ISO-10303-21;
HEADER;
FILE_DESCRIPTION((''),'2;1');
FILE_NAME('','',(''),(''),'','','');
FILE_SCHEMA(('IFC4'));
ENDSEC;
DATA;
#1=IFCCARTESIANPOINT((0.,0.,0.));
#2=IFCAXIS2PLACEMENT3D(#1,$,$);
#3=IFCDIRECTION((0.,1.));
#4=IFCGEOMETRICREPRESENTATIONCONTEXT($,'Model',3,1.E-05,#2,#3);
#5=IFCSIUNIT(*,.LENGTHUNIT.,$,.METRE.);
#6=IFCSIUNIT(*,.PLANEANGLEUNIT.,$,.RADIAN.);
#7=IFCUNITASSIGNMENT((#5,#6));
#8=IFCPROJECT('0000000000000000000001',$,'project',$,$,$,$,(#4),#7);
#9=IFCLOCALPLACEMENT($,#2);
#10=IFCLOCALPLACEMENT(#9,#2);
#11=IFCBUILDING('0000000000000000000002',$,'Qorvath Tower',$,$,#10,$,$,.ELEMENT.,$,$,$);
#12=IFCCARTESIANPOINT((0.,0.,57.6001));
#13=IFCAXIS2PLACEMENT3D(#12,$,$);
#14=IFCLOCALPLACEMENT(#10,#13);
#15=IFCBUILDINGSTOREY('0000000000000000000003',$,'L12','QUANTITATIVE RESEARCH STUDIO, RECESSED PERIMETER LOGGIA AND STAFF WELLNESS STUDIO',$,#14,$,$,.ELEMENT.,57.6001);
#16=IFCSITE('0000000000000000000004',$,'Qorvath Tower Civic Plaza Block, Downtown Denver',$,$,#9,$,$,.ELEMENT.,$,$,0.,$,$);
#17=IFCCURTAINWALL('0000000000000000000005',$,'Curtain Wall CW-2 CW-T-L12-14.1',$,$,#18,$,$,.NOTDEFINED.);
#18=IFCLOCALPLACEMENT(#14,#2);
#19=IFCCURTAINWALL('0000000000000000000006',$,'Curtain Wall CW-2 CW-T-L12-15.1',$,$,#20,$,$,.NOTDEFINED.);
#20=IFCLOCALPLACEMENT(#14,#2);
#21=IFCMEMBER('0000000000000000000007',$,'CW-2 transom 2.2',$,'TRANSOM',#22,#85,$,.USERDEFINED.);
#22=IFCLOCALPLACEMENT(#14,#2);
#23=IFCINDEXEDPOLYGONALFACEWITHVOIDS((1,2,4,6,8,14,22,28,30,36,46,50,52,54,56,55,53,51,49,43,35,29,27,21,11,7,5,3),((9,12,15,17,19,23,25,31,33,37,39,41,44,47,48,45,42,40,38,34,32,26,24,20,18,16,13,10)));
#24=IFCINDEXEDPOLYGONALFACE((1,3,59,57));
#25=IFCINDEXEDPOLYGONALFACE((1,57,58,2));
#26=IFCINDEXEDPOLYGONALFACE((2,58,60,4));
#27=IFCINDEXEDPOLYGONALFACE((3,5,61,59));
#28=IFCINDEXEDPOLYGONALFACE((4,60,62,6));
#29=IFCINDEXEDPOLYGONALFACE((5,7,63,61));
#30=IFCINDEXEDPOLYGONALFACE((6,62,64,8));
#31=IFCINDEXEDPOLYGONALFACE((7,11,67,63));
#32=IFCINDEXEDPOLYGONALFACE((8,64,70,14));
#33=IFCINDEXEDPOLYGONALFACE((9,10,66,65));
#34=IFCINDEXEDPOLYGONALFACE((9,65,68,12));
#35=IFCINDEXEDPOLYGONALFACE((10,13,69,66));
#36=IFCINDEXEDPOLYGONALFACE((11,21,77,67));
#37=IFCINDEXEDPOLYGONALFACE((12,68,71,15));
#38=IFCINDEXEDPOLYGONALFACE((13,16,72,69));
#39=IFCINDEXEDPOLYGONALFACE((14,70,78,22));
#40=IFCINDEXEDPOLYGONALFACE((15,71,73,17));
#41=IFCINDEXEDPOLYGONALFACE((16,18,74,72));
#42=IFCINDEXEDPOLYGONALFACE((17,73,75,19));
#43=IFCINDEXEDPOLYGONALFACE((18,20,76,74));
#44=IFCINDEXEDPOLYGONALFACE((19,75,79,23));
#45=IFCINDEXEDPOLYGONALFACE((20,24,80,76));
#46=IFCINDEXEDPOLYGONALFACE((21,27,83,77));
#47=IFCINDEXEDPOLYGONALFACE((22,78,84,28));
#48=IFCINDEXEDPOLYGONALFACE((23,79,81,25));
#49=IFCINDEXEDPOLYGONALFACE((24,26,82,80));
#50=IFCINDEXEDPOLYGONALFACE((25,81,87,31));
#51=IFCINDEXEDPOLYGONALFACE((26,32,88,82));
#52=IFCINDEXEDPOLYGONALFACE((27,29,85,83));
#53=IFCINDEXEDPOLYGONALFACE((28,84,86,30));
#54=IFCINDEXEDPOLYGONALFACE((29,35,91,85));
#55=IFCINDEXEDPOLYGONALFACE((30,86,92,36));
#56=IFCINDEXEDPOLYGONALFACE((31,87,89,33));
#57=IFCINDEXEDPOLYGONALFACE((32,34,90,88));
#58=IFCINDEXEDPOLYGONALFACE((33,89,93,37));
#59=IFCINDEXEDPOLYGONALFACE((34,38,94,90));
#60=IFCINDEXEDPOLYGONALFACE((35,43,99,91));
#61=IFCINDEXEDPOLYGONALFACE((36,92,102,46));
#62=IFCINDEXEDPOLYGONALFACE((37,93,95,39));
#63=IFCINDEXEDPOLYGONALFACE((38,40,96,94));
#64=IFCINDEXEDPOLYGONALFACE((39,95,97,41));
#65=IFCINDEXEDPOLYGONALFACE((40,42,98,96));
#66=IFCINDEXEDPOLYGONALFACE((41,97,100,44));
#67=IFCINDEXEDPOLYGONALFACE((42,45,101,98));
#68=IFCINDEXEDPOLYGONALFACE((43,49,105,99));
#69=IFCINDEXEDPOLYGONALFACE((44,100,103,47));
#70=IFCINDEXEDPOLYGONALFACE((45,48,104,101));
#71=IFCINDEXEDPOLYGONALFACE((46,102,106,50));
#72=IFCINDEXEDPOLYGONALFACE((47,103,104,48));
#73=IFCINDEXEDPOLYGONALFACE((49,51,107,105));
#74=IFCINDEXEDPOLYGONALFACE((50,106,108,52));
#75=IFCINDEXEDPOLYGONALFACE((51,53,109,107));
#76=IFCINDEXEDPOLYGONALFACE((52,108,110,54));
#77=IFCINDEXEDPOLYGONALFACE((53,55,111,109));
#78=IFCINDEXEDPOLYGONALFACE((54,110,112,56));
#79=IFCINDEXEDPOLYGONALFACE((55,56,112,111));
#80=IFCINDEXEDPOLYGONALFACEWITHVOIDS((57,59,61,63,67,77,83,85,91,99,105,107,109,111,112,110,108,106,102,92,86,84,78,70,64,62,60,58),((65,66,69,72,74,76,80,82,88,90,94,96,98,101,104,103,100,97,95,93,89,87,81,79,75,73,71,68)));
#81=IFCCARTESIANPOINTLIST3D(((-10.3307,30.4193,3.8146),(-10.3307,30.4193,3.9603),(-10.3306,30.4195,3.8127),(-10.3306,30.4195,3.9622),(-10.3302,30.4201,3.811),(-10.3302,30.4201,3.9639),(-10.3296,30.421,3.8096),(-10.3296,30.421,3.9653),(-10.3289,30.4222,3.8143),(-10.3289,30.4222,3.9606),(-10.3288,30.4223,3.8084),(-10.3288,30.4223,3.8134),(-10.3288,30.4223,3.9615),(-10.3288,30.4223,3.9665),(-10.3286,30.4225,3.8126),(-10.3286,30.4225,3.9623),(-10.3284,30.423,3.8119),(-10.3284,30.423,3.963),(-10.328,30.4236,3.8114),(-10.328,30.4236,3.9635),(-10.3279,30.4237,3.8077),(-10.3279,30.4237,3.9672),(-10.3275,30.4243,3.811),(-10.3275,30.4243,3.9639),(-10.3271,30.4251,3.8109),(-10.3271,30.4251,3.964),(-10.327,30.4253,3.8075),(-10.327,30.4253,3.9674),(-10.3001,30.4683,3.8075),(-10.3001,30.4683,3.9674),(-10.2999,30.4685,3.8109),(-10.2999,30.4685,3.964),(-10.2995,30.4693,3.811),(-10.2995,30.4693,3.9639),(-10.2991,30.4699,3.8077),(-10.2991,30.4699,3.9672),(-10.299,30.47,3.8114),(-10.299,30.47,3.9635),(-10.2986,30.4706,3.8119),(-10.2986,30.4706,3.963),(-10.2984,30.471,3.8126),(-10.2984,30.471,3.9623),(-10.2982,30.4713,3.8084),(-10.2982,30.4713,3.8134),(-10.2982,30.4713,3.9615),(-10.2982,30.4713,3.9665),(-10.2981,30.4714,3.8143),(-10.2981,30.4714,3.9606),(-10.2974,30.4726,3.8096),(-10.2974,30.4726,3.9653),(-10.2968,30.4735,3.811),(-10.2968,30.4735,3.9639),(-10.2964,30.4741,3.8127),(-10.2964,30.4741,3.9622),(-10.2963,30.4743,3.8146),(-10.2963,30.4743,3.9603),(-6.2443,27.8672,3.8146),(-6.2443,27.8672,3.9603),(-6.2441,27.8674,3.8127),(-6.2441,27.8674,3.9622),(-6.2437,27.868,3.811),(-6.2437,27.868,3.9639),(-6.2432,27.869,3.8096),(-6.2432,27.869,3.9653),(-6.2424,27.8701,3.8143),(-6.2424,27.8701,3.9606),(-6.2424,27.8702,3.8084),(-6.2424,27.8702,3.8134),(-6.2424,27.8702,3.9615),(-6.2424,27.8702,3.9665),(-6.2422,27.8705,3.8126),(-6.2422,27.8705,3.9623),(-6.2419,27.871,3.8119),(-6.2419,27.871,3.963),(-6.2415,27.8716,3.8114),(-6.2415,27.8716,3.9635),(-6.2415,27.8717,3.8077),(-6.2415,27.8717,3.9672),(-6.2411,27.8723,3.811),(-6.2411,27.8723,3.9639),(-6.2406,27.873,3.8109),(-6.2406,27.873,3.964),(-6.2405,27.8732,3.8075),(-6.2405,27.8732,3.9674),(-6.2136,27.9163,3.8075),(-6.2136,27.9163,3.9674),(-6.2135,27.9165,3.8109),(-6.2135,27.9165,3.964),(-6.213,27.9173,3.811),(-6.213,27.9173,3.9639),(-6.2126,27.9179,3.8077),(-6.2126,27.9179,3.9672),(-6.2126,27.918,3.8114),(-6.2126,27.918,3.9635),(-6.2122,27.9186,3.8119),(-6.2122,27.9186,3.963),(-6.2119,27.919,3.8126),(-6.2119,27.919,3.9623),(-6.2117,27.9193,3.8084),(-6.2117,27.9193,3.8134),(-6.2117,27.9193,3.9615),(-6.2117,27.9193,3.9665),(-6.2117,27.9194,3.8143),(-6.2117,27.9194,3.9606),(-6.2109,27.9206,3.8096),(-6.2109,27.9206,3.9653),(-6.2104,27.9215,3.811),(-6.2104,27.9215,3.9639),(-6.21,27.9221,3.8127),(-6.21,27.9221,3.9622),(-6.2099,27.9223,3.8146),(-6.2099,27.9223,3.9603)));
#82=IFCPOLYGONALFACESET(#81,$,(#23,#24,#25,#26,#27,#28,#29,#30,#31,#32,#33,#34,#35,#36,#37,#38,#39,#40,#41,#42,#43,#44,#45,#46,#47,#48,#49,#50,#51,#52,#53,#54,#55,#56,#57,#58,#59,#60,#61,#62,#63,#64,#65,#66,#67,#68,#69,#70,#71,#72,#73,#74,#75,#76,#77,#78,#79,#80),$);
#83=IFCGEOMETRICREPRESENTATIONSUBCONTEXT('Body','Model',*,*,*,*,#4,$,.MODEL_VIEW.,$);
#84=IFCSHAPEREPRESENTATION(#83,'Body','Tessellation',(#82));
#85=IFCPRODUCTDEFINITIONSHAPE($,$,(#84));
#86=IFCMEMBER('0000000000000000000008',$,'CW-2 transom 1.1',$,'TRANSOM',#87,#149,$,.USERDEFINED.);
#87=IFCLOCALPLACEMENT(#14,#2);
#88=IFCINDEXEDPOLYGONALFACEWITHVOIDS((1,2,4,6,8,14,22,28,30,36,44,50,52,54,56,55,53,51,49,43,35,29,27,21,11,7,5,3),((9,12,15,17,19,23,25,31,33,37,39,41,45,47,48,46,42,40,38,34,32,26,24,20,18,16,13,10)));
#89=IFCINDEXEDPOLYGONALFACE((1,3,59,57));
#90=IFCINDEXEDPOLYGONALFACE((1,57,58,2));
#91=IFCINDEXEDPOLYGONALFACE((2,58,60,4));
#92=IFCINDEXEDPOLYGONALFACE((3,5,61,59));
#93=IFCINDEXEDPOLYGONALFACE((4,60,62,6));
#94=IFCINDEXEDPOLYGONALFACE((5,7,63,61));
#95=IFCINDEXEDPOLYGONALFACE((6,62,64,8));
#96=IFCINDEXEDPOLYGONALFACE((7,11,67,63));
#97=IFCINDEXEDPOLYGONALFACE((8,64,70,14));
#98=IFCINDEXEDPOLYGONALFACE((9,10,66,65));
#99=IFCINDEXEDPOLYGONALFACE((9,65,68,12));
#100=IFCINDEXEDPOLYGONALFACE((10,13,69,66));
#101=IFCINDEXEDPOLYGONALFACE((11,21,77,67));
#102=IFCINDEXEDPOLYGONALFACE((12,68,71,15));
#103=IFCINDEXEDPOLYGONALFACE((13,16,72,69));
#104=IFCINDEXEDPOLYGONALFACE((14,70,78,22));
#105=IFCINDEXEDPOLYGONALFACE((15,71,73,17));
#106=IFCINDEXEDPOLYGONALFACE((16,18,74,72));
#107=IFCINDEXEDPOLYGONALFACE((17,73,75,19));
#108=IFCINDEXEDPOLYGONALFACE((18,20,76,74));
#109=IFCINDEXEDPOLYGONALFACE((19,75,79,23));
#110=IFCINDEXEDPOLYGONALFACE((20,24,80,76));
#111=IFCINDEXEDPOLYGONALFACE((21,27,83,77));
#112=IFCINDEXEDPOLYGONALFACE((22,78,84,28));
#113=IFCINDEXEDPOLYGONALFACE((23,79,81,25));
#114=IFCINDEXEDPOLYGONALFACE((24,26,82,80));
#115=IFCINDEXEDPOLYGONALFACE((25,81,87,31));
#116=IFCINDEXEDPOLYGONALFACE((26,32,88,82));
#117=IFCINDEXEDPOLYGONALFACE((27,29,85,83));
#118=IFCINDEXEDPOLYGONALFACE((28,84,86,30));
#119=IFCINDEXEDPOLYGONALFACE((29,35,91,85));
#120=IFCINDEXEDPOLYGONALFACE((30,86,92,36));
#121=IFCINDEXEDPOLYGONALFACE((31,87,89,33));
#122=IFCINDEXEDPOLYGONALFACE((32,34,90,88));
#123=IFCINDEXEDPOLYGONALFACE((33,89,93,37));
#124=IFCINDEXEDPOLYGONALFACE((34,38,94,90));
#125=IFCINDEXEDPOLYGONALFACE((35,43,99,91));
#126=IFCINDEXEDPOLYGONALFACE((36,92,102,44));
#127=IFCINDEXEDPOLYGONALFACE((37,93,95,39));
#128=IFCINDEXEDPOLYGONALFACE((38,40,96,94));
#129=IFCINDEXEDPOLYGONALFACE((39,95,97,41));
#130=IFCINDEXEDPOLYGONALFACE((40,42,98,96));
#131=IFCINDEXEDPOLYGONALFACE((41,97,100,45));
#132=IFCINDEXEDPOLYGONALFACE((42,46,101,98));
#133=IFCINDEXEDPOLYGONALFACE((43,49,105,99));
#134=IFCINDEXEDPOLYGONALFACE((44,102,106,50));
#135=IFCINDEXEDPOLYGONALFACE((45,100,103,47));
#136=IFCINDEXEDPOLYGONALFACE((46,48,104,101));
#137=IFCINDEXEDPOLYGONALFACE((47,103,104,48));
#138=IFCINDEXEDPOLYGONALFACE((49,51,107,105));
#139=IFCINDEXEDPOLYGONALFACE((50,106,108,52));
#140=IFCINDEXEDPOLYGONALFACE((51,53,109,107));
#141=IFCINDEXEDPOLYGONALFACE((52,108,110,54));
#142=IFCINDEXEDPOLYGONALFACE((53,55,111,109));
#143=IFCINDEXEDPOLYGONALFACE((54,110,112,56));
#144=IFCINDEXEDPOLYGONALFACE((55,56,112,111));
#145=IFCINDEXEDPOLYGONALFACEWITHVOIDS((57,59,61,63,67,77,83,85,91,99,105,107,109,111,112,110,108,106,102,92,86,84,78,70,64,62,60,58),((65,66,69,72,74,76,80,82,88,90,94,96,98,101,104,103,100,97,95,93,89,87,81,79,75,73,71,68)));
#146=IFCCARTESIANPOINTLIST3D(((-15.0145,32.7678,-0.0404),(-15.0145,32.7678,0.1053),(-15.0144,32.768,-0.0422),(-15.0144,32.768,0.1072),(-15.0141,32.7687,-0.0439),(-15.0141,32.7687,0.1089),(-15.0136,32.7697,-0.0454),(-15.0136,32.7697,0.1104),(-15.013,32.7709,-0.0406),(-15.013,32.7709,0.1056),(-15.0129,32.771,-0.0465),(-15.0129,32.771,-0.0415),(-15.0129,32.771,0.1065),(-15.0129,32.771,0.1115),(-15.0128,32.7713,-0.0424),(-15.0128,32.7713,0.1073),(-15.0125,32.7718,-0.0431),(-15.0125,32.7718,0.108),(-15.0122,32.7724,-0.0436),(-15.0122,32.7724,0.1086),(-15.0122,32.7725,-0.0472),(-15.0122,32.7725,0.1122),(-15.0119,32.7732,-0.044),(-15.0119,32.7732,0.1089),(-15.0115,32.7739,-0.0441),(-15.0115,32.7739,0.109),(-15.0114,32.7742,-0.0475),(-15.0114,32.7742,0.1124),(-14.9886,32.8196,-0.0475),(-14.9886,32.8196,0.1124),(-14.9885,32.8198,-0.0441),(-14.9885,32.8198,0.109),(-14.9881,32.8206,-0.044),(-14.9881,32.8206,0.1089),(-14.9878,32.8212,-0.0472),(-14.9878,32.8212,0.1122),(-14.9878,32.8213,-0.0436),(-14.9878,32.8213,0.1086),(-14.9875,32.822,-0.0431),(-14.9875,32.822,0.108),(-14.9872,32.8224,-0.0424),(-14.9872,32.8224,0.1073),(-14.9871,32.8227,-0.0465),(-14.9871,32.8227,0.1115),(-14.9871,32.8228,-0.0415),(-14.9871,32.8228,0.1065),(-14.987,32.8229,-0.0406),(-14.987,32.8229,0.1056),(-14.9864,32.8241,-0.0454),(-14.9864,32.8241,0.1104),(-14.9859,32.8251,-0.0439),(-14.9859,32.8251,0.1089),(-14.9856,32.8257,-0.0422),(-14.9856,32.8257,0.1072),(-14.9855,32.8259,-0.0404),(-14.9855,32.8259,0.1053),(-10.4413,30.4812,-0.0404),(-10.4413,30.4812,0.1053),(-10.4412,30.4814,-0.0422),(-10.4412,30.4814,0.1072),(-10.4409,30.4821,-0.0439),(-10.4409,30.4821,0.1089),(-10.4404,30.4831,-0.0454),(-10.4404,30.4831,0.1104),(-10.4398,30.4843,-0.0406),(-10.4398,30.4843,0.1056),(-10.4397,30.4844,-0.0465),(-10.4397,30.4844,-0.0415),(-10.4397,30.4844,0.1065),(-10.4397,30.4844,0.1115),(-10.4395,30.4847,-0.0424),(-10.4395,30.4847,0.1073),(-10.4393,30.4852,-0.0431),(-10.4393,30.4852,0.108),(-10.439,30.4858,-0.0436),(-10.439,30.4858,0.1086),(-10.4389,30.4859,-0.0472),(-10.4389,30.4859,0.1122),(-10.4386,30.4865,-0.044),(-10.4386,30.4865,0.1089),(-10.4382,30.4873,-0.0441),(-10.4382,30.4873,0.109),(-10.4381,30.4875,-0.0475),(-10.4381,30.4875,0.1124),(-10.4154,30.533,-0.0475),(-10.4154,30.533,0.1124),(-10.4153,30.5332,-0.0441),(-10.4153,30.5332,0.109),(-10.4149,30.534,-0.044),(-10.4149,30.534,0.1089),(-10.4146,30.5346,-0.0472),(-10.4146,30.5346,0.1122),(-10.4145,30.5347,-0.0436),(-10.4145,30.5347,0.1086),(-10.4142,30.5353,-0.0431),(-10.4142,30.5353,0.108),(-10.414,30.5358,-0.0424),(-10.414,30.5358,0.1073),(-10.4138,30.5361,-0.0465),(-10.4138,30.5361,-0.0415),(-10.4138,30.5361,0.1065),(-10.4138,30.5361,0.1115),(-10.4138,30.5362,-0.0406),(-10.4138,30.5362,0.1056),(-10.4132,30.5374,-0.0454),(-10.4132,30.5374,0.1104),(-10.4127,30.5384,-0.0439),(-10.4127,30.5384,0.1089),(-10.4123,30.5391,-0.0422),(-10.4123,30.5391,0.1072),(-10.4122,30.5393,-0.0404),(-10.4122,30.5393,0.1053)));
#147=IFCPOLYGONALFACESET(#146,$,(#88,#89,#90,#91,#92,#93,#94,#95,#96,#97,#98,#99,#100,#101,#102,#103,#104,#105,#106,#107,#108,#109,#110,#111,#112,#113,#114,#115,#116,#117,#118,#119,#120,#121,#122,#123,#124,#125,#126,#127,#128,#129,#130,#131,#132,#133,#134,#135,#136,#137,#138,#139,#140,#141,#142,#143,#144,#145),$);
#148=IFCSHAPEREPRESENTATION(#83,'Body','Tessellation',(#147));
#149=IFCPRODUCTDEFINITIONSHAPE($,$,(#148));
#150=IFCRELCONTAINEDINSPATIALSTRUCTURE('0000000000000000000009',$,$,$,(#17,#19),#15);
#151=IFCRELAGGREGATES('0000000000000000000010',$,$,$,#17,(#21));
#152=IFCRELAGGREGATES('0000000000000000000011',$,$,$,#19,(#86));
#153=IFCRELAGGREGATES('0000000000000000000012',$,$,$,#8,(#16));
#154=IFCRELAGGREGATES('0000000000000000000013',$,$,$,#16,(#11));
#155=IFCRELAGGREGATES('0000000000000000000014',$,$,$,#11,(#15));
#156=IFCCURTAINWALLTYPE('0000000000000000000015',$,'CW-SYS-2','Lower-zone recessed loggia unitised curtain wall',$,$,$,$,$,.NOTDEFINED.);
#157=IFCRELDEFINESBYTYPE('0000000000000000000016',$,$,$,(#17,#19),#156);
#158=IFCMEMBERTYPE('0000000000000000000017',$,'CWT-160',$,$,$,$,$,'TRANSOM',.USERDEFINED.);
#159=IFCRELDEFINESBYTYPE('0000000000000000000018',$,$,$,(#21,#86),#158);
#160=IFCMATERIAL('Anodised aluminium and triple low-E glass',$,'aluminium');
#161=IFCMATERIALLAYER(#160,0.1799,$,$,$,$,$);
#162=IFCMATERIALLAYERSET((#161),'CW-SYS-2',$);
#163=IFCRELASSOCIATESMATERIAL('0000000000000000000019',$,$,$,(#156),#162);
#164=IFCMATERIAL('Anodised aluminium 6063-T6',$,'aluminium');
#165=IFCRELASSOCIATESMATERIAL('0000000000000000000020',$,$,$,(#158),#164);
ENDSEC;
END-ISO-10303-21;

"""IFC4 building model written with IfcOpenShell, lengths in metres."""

from ifc_helpers import new_model, si_unit, direction, frame, origin, origin_2d, place, context, subcontext, project, spatial, hollow_rectangle, extrude, material, layer, layer_set, material_profile, profile_set, type_object, element, aggregate, save


model = new_model("IFC4")

# Units and contexts
model_context = context("Model", 3, precision=1e-05, world=origin(), true_north=direction((0.0, 1.0)))
body_context = subcontext(model_context, "Body", "Model", "MODEL_VIEW")
ifc_project = project(units=[si_unit("LENGTHUNIT", "METRE"), si_unit("PLANEANGLEUNIT", "RADIAN")], contexts=[model_context])

# Site, building, storey
site_placement = place(None, origin())
site = spatial("IfcSite", under=ifc_project, at=site_placement, Name="Qorvath Tower Civic Plaza Block, Downtown Denver", CompositionType="ELEMENT", RefElevation=0.0)
building_placement = place(site_placement, origin())
building = spatial("IfcBuilding", under=site, at=building_placement, Name="Qorvath Tower", CompositionType="ELEMENT")
storey_placement = place(building_placement, frame((0.0, 0.0, 57.6001)))
storey = spatial("IfcBuildingStorey", under=building, at=storey_placement, Name="L12", Description="QUANTITATIVE RESEARCH STUDIO, RECESSED PERIMETER LOGGIA AND STAFF WELLNESS STUDIO", CompositionType="ELEMENT", Elevation=57.6001)

# Shared definitions
ifc_material_1 = material(Name="Anodised aluminium and triple low-E glass", Category="aluminium")
ifc_layer_1 = layer(ifc_material_1, 0.1799)
ifc_layer_set_1 = layer_set([ifc_layer_1], Name="CW-SYS-2")
curtain_wall_type = type_object("IfcCurtainWallType", Name="CW-SYS-2", Description="Lower-zone recessed loggia unitised curtain wall", PredefinedType="NOTDEFINED", material=ifc_layer_set_1)

# Curtain walls
curtain_wall_1_placement = place(storey_placement, origin())
curtain_wall_1 = element("IfcCurtainWall", 1, at=curtain_wall_1_placement, inside=storey, type_object=curtain_wall_type, Name="Curtain Wall CW-2 CW-T-L12-14.1", PredefinedType="NOTDEFINED")
curtain_wall_2_placement = place(storey_placement, origin())
curtain_wall_2 = element("IfcCurtainWall", 2, at=curtain_wall_2_placement, inside=storey, type_object=curtain_wall_type, Name="Curtain Wall CW-2 CW-T-L12-15.1", PredefinedType="NOTDEFINED")

# Members
ifc_material_2 = material(Name="Anodised aluminium 6063-T6", Category="aluminium")
ifc_material_profile_1 = material_profile(ifc_material_2, hollow_rectangle(XDim=0.0649, YDim=0.1599, WallThickness=0.0034, InnerFilletRadius=0.0034, OuterFilletRadius=0.0071, at=origin_2d()), Name="CWT 160x65")
ifc_profile_set_1 = profile_set([ifc_material_profile_1], Name="Anodised aluminium 6063-T6")
member_type_1 = type_object("IfcMemberType", Name="CWT-160", ElementType="TRANSOM", PredefinedType="USERDEFINED", material=ifc_profile_set_1)
member_1_placement = place(storey_placement, frame((-6.2271, 27.8948, 3.8875), z_axis=(-0.848186, 0.529698, 0.0), x_axis=(-0.529698, -0.848186, 0.0)))
member_1 = element("IfcMember", 3, at=member_1_placement, type_object=member_type_1, Name="CW-2 transom 2.2", ObjectType="TRANSOM", PredefinedType="USERDEFINED", context=body_context, shape_type="SweptSolid", body=[
    extrude(hollow_rectangle(XDim=0.0649, YDim=0.1599, WallThickness=0.0034, InnerFilletRadius=0.0034, OuterFilletRadius=0.0071, at=origin_2d()), origin(), (0.0, 0.0, 1.0), 4.8179),
])
member_2_placement = place(storey_placement, frame((-10.4268, 30.5103, 0.0325), z_axis=(-0.894427, 0.447214, 0.0), x_axis=(-0.447214, -0.894427, 0.0)))
member_2 = element("IfcMember", 4, at=member_2_placement, type_object=member_type_1, Name="CW-2 transom 1.1", ObjectType="TRANSOM", PredefinedType="USERDEFINED", context=body_context, shape_type="SweptSolid", body=[
    extrude(hollow_rectangle(XDim=0.0649, YDim=0.1599, WallThickness=0.0034, InnerFilletRadius=0.0034, OuterFilletRadius=0.0071, at=origin_2d()), origin(), (0.0, 0.0, 1.0), 5.113),
])

aggregate(curtain_wall_1, [member_1])
aggregate(curtain_wall_2, [member_2])

save(model, "model.ifc")
